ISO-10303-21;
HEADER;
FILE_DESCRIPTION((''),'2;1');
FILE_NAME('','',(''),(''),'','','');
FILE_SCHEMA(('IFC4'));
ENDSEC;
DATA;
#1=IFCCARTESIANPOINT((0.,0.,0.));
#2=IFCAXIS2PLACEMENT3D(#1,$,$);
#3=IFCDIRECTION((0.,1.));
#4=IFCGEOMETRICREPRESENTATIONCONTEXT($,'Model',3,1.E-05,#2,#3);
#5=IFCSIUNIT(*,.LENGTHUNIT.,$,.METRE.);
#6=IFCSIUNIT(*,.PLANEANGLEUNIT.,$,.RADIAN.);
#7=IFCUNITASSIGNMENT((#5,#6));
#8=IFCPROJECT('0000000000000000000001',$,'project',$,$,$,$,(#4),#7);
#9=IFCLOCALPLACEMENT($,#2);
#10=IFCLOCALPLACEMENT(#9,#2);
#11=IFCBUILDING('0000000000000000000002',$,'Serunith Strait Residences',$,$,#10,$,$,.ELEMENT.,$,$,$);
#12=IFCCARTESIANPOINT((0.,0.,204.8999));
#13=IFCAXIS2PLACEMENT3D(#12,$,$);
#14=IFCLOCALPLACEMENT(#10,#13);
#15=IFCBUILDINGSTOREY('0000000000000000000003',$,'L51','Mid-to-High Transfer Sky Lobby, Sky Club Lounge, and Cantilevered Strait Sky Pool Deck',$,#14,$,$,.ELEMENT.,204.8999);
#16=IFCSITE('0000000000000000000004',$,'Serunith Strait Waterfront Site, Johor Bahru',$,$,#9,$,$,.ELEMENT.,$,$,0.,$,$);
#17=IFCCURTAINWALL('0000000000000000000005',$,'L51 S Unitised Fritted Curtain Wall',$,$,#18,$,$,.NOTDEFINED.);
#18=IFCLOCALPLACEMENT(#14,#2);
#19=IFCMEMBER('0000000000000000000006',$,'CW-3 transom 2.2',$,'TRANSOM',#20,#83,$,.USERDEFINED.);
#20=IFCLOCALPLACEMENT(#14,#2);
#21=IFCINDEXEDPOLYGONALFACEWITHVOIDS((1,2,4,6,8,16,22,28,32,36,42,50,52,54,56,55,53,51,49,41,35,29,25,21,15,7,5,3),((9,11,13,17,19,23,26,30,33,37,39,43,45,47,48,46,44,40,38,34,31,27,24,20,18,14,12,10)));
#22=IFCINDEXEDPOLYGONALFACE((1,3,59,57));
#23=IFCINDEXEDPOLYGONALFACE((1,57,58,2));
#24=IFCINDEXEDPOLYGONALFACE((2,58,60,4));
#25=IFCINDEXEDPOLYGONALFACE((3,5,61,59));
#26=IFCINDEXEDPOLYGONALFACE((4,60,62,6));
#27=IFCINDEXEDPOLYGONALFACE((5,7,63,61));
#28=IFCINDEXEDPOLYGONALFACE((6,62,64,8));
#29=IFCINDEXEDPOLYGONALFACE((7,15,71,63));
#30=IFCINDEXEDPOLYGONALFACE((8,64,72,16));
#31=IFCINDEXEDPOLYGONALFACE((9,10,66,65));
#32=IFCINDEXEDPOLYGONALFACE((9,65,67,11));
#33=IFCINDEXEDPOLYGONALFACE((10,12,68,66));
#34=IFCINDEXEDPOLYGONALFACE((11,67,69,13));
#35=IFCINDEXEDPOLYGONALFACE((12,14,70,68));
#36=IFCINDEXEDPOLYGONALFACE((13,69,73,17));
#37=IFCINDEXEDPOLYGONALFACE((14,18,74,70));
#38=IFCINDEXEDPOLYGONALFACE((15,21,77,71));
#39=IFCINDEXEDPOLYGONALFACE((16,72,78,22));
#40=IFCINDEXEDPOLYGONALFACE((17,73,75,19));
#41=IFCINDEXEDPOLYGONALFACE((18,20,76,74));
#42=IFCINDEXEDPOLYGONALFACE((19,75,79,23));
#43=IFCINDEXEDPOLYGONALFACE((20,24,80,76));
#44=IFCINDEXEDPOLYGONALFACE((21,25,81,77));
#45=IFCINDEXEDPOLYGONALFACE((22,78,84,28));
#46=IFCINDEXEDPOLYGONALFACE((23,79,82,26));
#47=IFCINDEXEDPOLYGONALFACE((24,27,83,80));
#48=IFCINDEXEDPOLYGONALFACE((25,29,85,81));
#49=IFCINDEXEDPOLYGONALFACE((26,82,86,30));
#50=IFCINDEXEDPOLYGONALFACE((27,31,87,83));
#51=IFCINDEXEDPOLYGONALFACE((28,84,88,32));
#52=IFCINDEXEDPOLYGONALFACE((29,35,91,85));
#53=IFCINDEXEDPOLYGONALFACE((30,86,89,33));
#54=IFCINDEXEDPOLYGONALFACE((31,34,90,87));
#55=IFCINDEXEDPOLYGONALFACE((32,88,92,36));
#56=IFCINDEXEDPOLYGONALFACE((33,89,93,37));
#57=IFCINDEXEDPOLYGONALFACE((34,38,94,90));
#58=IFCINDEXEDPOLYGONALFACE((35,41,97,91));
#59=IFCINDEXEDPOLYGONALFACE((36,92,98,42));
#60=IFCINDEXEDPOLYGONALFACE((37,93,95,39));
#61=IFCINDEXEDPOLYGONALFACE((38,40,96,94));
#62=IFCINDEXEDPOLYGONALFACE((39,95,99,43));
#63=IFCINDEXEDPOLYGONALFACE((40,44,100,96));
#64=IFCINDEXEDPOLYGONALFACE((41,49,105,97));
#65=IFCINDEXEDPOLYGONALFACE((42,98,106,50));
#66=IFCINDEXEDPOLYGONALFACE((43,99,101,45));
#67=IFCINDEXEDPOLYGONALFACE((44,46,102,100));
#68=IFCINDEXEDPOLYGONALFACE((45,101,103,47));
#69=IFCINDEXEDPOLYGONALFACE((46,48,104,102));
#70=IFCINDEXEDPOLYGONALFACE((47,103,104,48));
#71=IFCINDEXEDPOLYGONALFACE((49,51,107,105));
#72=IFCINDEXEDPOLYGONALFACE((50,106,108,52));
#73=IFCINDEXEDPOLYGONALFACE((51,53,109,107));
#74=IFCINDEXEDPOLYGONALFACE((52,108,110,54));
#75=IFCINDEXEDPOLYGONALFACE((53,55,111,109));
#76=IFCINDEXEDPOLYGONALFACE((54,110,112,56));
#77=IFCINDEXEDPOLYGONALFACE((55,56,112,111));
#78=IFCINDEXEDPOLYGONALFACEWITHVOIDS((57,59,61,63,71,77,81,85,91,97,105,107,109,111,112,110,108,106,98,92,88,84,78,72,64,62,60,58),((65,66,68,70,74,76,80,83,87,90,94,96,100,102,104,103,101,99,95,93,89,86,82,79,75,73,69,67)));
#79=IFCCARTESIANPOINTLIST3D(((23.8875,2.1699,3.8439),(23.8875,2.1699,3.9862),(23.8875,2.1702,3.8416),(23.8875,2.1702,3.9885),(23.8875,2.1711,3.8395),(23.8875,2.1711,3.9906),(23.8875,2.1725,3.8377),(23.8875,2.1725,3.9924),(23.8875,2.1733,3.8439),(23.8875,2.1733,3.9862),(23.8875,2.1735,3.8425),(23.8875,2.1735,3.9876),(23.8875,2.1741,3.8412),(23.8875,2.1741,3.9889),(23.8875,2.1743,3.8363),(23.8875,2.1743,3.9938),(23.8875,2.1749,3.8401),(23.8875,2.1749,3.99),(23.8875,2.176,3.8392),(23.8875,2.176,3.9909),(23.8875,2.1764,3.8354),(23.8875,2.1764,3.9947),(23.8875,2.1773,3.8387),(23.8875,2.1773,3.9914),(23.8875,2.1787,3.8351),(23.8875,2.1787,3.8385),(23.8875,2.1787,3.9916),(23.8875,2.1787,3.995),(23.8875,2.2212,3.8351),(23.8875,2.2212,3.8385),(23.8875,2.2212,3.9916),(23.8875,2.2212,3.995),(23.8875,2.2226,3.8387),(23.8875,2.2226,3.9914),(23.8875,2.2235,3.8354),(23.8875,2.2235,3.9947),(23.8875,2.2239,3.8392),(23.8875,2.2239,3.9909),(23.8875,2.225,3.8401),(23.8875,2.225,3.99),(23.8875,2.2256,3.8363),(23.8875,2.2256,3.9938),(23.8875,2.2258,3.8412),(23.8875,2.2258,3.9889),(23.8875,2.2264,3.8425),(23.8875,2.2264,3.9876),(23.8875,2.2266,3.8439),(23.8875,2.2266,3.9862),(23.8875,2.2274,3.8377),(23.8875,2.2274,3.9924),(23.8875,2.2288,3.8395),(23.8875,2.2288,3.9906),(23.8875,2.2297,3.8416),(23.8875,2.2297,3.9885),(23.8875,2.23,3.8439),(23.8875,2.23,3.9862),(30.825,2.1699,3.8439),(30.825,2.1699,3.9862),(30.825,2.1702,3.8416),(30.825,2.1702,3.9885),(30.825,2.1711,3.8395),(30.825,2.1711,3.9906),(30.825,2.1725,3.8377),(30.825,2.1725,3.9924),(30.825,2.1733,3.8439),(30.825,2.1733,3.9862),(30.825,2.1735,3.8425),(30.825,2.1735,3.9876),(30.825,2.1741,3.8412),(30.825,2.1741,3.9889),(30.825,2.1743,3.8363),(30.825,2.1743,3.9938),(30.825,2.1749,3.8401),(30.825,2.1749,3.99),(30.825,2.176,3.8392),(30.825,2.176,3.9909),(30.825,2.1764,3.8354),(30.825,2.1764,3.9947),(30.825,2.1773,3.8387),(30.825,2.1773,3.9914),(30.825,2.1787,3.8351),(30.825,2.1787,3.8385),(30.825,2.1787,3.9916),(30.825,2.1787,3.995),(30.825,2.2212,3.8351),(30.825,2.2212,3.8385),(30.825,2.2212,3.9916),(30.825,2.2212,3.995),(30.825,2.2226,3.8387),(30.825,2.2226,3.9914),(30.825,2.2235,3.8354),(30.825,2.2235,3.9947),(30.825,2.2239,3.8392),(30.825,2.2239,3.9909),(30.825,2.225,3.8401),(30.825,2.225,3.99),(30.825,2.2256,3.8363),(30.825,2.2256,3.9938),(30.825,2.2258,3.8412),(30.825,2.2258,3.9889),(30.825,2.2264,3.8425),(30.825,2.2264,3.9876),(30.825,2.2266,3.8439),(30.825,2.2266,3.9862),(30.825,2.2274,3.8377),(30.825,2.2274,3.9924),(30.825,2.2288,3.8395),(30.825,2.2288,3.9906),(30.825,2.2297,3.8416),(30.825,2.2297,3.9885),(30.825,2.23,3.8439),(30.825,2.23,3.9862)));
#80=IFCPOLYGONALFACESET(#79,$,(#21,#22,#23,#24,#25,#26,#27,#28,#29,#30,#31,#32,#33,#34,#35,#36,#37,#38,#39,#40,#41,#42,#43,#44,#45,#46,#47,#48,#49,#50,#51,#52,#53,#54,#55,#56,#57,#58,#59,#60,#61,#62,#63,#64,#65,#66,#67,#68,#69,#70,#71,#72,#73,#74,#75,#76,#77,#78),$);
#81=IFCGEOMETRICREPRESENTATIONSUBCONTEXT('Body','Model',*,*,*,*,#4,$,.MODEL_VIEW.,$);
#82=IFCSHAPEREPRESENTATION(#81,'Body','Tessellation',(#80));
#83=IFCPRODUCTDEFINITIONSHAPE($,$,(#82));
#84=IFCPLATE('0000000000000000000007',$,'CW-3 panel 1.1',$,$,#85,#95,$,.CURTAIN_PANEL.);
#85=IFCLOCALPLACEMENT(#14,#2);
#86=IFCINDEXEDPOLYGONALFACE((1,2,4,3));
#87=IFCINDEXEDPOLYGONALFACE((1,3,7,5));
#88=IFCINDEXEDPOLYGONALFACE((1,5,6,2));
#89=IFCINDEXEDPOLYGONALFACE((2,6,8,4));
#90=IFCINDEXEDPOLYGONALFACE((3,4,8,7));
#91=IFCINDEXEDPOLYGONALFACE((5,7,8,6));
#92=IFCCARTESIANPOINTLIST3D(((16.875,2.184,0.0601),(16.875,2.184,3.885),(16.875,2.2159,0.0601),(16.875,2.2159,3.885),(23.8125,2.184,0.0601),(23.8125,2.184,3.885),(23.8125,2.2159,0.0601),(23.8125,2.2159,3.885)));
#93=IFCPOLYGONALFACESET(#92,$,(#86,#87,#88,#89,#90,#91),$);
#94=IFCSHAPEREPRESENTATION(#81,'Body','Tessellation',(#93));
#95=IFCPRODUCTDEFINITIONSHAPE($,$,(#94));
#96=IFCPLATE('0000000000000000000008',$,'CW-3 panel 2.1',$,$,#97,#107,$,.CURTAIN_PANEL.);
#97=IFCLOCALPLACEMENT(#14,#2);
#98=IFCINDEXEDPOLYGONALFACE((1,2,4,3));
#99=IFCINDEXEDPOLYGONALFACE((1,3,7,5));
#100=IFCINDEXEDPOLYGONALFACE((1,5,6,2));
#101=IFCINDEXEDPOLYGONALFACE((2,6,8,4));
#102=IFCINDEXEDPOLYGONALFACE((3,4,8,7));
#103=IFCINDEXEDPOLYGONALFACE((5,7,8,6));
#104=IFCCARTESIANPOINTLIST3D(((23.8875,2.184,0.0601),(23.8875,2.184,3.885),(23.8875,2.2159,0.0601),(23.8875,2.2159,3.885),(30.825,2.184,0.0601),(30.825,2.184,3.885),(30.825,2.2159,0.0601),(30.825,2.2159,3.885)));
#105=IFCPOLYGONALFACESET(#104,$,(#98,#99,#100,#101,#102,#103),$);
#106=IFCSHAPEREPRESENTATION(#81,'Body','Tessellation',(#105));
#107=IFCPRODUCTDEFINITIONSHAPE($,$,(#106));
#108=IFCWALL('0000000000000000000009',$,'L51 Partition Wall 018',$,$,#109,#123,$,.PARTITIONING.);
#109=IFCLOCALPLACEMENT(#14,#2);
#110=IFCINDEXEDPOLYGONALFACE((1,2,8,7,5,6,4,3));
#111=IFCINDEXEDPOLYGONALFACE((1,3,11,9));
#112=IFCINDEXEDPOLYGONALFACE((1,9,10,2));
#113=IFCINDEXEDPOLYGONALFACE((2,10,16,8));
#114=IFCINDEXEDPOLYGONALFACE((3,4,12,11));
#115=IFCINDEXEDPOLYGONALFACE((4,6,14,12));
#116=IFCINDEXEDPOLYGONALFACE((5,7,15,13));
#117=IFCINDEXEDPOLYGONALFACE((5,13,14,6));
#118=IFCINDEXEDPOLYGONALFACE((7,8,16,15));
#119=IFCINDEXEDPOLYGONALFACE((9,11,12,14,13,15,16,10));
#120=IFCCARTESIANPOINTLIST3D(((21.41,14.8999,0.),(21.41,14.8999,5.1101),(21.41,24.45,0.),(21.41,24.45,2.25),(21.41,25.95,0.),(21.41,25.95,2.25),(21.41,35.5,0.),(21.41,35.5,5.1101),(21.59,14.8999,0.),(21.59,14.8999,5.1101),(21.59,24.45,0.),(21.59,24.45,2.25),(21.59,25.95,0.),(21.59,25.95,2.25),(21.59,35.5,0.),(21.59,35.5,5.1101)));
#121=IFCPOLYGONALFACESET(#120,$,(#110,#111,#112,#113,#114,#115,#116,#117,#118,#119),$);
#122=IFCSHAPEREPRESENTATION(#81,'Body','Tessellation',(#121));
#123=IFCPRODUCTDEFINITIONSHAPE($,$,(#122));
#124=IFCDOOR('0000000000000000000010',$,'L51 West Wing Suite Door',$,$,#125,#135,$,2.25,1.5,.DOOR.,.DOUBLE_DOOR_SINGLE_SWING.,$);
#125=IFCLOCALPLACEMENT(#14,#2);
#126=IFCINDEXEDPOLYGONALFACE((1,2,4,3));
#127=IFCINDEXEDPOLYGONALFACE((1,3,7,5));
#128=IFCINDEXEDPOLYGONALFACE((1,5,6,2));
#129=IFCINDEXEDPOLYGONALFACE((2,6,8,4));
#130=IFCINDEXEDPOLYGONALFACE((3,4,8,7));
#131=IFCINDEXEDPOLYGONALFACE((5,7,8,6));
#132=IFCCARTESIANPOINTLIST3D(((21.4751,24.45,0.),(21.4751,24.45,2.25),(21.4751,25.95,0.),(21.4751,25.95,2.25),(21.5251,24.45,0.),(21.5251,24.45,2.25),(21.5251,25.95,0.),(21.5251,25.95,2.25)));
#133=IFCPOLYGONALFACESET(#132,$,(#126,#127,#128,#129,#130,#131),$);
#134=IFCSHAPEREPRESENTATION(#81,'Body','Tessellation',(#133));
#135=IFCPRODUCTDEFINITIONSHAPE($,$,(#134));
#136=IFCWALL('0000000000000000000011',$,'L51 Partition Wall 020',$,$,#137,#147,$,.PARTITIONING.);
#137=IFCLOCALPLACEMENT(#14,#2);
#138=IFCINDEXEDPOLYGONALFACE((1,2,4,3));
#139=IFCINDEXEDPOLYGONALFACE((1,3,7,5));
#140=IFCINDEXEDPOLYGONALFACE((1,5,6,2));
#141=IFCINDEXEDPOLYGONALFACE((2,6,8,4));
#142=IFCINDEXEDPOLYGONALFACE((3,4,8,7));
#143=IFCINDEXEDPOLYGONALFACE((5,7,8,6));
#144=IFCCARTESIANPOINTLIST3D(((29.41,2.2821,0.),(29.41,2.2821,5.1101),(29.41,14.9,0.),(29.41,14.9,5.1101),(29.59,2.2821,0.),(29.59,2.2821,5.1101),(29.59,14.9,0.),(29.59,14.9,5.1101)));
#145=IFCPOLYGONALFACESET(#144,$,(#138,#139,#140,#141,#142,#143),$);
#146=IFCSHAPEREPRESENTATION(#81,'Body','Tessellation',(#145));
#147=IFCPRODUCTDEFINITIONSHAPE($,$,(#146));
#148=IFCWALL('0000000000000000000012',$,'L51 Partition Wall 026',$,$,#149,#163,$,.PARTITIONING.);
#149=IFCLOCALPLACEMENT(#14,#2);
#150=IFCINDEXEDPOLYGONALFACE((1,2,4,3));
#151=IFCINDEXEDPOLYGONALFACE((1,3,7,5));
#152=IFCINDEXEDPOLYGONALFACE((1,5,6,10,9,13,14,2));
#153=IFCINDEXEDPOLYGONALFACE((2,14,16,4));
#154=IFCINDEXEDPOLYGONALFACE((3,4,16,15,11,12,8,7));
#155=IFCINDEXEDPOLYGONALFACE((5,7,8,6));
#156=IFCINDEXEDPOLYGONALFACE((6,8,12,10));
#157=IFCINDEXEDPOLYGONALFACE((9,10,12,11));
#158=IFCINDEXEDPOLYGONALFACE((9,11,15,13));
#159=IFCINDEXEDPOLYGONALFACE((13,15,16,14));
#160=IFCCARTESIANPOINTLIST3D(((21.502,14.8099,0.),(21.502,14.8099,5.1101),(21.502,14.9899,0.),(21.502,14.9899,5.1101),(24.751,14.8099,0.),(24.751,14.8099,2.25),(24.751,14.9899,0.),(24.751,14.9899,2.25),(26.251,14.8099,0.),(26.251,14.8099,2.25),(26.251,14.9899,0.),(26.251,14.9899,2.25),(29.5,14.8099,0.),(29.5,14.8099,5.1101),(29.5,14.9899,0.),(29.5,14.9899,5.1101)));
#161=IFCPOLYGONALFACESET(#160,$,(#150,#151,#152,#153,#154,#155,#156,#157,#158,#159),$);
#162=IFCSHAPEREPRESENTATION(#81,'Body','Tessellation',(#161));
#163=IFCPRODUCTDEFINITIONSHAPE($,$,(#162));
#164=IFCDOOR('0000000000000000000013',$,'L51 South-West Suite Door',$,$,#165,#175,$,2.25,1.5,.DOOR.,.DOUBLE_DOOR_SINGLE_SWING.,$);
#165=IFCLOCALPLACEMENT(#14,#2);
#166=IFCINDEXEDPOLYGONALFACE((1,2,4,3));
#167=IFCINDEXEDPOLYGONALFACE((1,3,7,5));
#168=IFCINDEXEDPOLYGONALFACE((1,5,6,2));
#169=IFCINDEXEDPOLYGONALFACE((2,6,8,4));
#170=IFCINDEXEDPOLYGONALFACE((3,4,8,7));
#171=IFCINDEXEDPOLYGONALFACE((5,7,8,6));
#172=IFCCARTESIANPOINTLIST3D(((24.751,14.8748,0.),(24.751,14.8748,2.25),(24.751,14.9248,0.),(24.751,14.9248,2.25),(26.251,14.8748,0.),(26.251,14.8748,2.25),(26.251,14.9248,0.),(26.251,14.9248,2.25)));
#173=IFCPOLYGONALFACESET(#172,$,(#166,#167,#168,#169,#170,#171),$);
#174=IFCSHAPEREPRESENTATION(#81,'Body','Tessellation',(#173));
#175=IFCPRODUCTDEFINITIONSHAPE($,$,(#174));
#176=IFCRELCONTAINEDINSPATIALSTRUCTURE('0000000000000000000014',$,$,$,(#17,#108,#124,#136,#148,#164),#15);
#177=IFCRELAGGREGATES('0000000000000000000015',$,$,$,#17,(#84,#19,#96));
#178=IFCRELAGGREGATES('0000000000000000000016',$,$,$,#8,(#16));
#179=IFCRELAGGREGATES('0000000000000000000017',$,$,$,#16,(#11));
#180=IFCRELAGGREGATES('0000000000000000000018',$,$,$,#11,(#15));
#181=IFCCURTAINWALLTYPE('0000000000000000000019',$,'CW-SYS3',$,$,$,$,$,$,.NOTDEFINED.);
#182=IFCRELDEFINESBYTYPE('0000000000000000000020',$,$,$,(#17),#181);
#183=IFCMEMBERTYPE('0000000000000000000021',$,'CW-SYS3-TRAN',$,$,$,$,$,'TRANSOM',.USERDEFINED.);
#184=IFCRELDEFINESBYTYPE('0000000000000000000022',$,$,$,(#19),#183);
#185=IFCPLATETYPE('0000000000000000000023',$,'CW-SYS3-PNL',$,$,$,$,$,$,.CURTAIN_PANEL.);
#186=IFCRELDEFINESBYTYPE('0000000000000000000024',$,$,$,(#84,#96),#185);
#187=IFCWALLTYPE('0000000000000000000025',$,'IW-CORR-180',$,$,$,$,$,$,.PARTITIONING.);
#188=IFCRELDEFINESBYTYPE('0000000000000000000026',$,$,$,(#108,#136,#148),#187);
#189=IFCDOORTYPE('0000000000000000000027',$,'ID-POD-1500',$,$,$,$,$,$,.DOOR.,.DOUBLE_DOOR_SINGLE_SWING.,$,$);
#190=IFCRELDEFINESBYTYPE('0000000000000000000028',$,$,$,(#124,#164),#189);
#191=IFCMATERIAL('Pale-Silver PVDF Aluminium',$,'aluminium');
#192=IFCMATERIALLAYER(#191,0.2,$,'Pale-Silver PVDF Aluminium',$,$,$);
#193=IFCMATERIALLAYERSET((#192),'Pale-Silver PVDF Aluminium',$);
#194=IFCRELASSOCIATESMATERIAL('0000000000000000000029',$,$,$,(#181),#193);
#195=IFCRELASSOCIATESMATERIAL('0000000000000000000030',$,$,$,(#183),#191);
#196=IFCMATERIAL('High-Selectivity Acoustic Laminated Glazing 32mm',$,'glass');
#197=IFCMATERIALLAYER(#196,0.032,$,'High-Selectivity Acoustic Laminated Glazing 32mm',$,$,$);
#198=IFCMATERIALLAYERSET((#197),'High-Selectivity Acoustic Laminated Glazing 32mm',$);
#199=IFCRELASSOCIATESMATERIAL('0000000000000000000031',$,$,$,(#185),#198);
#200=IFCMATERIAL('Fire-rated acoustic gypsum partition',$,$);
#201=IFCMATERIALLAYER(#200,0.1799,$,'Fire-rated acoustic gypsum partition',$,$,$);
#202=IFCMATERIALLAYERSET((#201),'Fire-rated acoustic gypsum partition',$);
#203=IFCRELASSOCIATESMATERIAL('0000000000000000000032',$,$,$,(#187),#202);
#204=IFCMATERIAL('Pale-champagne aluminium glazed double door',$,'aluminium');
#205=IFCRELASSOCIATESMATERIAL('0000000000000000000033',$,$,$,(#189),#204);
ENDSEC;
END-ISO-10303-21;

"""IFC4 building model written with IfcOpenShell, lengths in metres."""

from ifc_helpers import new_model, si_unit, direction, frame, frame_2d, origin, origin_2d, place, context, subcontext, project, spatial, rectangle, hollow_rectangle, extrude, source, transform, mapped, material, layer, layer_set, material_profile, profile_set, type_object, element, fill, aggregate, save


model = new_model("IFC4")

# Units and contexts
model_context = context("Model", 3, precision=1e-05, world=origin(), true_north=direction((0.0, 1.0)))
body_context = subcontext(model_context, "Body", "Model", "MODEL_VIEW")
ifc_project = project(units=[si_unit("LENGTHUNIT", "METRE"), si_unit("PLANEANGLEUNIT", "RADIAN")], contexts=[model_context])

# Site, building, storey
site_placement = place(None, origin())
site = spatial("IfcSite", under=ifc_project, at=site_placement, Name="Serunith Strait Waterfront Site, Johor Bahru", CompositionType="ELEMENT", RefElevation=0.0)
building_placement = place(site_placement, origin())
building = spatial("IfcBuilding", under=site, at=building_placement, Name="Serunith Strait Residences", CompositionType="ELEMENT")
storey_placement = place(building_placement, frame((0.0, 0.0, 204.8999)))
storey = spatial("IfcBuildingStorey", under=building, at=storey_placement, Name="L51", Description="Mid-to-High Transfer Sky Lobby, Sky Club Lounge, and Cantilevered Strait Sky Pool Deck", CompositionType="ELEMENT", Elevation=204.8999)

# Curtain wall, member, plates
ifc_material_1 = material(Name="Pale-Silver PVDF Aluminium", Category="aluminium")
ifc_layer_1 = layer(ifc_material_1, 0.2, Name="Pale-Silver PVDF Aluminium")
ifc_layer_set_1 = layer_set([ifc_layer_1], Name="Pale-Silver PVDF Aluminium")
curtain_wall_type = type_object("IfcCurtainWallType", Name="CW-SYS3", PredefinedType="NOTDEFINED", material=ifc_layer_set_1)
curtain_wall_placement = place(storey_placement, origin())
curtain_wall = element("IfcCurtainWall", 1, at=curtain_wall_placement, inside=storey, type_object=curtain_wall_type, Name="L51 S Unitised Fritted Curtain Wall", PredefinedType="NOTDEFINED")
ifc_material_profile_1 = material_profile(ifc_material_1, hollow_rectangle(XDim=0.0601, YDim=0.1599, WallThickness=0.0034, InnerFilletRadius=0.0054, OuterFilletRadius=0.0088, at=origin_2d()), Name="ALU 160x60x3.5")
ifc_profile_set_1 = profile_set([ifc_material_profile_1], Name="Pale-Silver PVDF Aluminium")
member_type_1 = type_object("IfcMemberType", Name="CW-SYS3-TRAN", ElementType="TRANSOM", PredefinedType="USERDEFINED", material=ifc_profile_set_1)
shared_shape_1 = source(origin(), body_context, "Body", "SweptSolid", [
    extrude(hollow_rectangle(XDim=0.0601, YDim=0.1599, WallThickness=0.0034, InnerFilletRadius=0.0054, OuterFilletRadius=0.0088, at=origin_2d()), origin(), (0.0, 0.0, 1.0), 6.9375),
])
member_1_placement = place(storey_placement, frame((23.8875, 2.2, 3.915), z_axis=(1.0, 0.0, 0.0), x_axis=(0.0, 1.0, 0.0)))
member_1 = element("IfcMember", 2, at=member_1_placement, type_object=member_type_1, Name="CW-3 transom 2.2", ObjectType="TRANSOM", PredefinedType="USERDEFINED", context=body_context, shape_type="MappedRepresentation", body=[
    mapped(shared_shape_1, transform((0.0, 0.0, 0.0), scale=1.0)),
])
ifc_material_2 = material(Name="High-Selectivity Acoustic Laminated Glazing 32mm", Category="glass")
ifc_layer_2 = layer(ifc_material_2, 0.032, Name="High-Selectivity Acoustic Laminated Glazing 32mm")
ifc_layer_set_2 = layer_set([ifc_layer_2], Name="High-Selectivity Acoustic Laminated Glazing 32mm")
plate_type = type_object("IfcPlateType", Name="CW-SYS3-PNL", PredefinedType="CURTAIN_PANEL", material=ifc_layer_set_2)
shared_shape_2 = source(origin(), body_context, "Body", "SweptSolid", [
    extrude(rectangle(XDim=6.9375, YDim=0.032, at=origin_2d()), origin(), (0.0, 0.0, 1.0), 3.825),
])
plate_1_placement = place(storey_placement, frame((20.3438, 2.2, 0.0601), z_axis=(0.0, 0.0, 1.0), x_axis=(1.0, 0.0, 0.0)))
plate_1 = element("IfcPlate", 3, at=plate_1_placement, type_object=plate_type, Name="CW-3 panel 1.1", PredefinedType="CURTAIN_PANEL", context=body_context, shape_type="MappedRepresentation", body=[
    mapped(shared_shape_2, transform((0.0, 0.0, 0.0), scale=1.0)),
])
plate_2_placement = place(storey_placement, frame((27.3562, 2.2, 0.0601), z_axis=(0.0, 0.0, 1.0), x_axis=(1.0, 0.0, 0.0)))
plate_2 = element("IfcPlate", 4, at=plate_2_placement, type_object=plate_type, Name="CW-3 panel 2.1", PredefinedType="CURTAIN_PANEL", context=body_context, shape_type="MappedRepresentation", body=[
    mapped(shared_shape_2, transform((0.0, 0.0, 0.0), scale=1.0)),
])
aggregate(curtain_wall, [plate_1, member_1, plate_2])

# Wall, opening, door
ifc_material_3 = material(Name="Fire-rated acoustic gypsum partition")
ifc_layer_3 = layer(ifc_material_3, 0.1799, Name="Fire-rated acoustic gypsum partition")
ifc_layer_set_3 = layer_set([ifc_layer_3], Name="Fire-rated acoustic gypsum partition")
wall_type_1 = type_object("IfcWallType", Name="IW-CORR-180", PredefinedType="PARTITIONING", material=ifc_layer_set_3)
wall_1_placement = place(storey_placement, frame((21.5, 14.8999, 0.0), z_axis=(0.0, 0.0, 1.0), x_axis=(0.0, 1.0, 0.0)))
wall_1 = element("IfcWall", 5, at=wall_1_placement, inside=storey, type_object=wall_type_1, Name="L51 Partition Wall 018", PredefinedType="PARTITIONING", context=body_context, shape_type="SweptSolid", body=[
    extrude(rectangle(XDim=20.6001, YDim=0.1799, at=frame_2d((10.3, 0.0))), origin(), (0.0, 0.0, 1.0), 5.1101),
])
opening_1_placement = place(wall_1_placement, frame((9.55, 0.0, 0.0)))
opening_1 = element("IfcOpeningElement", 6, at=opening_1_placement, cuts=wall_1, PredefinedType="OPENING", context=body_context, shape_type="SweptSolid", body=[
    extrude(rectangle(XDim=1.5, YDim=2.25, at=frame_2d((0.75, 1.125))), frame((0.0, 0.1001, 0.0), z_axis=(0.0, -1.0, 0.0), x_axis=(1.0, 0.0, 0.0)), (0.0, 0.0, 1.0), 0.2),
])
ifc_material_4 = material(Name="Pale-champagne aluminium glazed double door", Category="aluminium")
door_type = type_object("IfcDoorType", Name="ID-POD-1500", OperationType="DOUBLE_DOOR_SINGLE_SWING", PredefinedType="DOOR", material=ifc_material_4)
shared_shape_3 = source(origin(), body_context, "Body", "SweptSolid", [
    extrude(rectangle(XDim=1.5, YDim=2.25, at=frame_2d((0.75, 1.125))), frame((0.0, 0.0249, 0.0), z_axis=(0.0, -1.0, 0.0), x_axis=(1.0, 0.0, 0.0)), (0.0, 0.0, 1.0), 0.05),
])
door_1_placement = place(opening_1_placement, origin())
door_1 = element("IfcDoor", 7, at=door_1_placement, inside=storey, type_object=door_type, Name="L51 West Wing Suite Door", OperationType="DOUBLE_DOOR_SINGLE_SWING", OverallHeight=2.25, OverallWidth=1.5, PredefinedType="DOOR", context=body_context, shape_type="MappedRepresentation", body=[
    mapped(shared_shape_3, transform((0.0, 0.0, 0.0), scale=1.0)),
])
fill(opening_1, door_1)

# Wall
wall_2_placement = place(storey_placement, frame((29.5, 2.282, 0.0), z_axis=(0.0, 0.0, 1.0), x_axis=(0.0, 1.0, 0.0)))
element("IfcWall", 8, at=wall_2_placement, inside=storey, type_object=wall_type_1, Name="L51 Partition Wall 020", PredefinedType="PARTITIONING", context=body_context, shape_type="SweptSolid", body=[
    extrude(rectangle(XDim=12.6179, YDim=0.1799, at=frame_2d((6.3091, 0.0))), origin(), (0.0, 0.0, 1.0), 5.1101),
])

# Wall, opening, door
wall_3_placement = place(storey_placement, frame((21.502, 14.8999, 0.0), z_axis=(0.0, 0.0, 1.0), x_axis=(1.0, 0.0, 0.0)))
wall_3 = element("IfcWall", 9, at=wall_3_placement, inside=storey, type_object=wall_type_1, Name="L51 Partition Wall 026", PredefinedType="PARTITIONING", context=body_context, shape_type="SweptSolid", body=[
    extrude(rectangle(XDim=7.998, YDim=0.1799, at=frame_2d((3.999, 0.0))), origin(), (0.0, 0.0, 1.0), 5.1101),
])
opening_2_placement = place(wall_3_placement, frame((3.249, 0.0, 0.0)))
opening_2 = element("IfcOpeningElement", 10, at=opening_2_placement, cuts=wall_3, PredefinedType="OPENING", context=body_context, shape_type="SweptSolid", body=[
    extrude(rectangle(XDim=1.5, YDim=2.25, at=frame_2d((0.75, 1.125))), frame((0.0, 0.1001, 0.0), z_axis=(0.0, -1.0, 0.0), x_axis=(1.0, 0.0, 0.0)), (0.0, 0.0, 1.0), 0.2),
])
door_2_placement = place(opening_2_placement, origin())
door_2 = element("IfcDoor", 11, at=door_2_placement, inside=storey, type_object=door_type, Name="L51 South-West Suite Door", OperationType="DOUBLE_DOOR_SINGLE_SWING", OverallHeight=2.25, OverallWidth=1.5, PredefinedType="DOOR", context=body_context, shape_type="MappedRepresentation", body=[
    mapped(shared_shape_3, transform((0.0, 0.0, 0.0), scale=1.0)),
])
fill(opening_2, door_2)

save(model, "model.ifc")
